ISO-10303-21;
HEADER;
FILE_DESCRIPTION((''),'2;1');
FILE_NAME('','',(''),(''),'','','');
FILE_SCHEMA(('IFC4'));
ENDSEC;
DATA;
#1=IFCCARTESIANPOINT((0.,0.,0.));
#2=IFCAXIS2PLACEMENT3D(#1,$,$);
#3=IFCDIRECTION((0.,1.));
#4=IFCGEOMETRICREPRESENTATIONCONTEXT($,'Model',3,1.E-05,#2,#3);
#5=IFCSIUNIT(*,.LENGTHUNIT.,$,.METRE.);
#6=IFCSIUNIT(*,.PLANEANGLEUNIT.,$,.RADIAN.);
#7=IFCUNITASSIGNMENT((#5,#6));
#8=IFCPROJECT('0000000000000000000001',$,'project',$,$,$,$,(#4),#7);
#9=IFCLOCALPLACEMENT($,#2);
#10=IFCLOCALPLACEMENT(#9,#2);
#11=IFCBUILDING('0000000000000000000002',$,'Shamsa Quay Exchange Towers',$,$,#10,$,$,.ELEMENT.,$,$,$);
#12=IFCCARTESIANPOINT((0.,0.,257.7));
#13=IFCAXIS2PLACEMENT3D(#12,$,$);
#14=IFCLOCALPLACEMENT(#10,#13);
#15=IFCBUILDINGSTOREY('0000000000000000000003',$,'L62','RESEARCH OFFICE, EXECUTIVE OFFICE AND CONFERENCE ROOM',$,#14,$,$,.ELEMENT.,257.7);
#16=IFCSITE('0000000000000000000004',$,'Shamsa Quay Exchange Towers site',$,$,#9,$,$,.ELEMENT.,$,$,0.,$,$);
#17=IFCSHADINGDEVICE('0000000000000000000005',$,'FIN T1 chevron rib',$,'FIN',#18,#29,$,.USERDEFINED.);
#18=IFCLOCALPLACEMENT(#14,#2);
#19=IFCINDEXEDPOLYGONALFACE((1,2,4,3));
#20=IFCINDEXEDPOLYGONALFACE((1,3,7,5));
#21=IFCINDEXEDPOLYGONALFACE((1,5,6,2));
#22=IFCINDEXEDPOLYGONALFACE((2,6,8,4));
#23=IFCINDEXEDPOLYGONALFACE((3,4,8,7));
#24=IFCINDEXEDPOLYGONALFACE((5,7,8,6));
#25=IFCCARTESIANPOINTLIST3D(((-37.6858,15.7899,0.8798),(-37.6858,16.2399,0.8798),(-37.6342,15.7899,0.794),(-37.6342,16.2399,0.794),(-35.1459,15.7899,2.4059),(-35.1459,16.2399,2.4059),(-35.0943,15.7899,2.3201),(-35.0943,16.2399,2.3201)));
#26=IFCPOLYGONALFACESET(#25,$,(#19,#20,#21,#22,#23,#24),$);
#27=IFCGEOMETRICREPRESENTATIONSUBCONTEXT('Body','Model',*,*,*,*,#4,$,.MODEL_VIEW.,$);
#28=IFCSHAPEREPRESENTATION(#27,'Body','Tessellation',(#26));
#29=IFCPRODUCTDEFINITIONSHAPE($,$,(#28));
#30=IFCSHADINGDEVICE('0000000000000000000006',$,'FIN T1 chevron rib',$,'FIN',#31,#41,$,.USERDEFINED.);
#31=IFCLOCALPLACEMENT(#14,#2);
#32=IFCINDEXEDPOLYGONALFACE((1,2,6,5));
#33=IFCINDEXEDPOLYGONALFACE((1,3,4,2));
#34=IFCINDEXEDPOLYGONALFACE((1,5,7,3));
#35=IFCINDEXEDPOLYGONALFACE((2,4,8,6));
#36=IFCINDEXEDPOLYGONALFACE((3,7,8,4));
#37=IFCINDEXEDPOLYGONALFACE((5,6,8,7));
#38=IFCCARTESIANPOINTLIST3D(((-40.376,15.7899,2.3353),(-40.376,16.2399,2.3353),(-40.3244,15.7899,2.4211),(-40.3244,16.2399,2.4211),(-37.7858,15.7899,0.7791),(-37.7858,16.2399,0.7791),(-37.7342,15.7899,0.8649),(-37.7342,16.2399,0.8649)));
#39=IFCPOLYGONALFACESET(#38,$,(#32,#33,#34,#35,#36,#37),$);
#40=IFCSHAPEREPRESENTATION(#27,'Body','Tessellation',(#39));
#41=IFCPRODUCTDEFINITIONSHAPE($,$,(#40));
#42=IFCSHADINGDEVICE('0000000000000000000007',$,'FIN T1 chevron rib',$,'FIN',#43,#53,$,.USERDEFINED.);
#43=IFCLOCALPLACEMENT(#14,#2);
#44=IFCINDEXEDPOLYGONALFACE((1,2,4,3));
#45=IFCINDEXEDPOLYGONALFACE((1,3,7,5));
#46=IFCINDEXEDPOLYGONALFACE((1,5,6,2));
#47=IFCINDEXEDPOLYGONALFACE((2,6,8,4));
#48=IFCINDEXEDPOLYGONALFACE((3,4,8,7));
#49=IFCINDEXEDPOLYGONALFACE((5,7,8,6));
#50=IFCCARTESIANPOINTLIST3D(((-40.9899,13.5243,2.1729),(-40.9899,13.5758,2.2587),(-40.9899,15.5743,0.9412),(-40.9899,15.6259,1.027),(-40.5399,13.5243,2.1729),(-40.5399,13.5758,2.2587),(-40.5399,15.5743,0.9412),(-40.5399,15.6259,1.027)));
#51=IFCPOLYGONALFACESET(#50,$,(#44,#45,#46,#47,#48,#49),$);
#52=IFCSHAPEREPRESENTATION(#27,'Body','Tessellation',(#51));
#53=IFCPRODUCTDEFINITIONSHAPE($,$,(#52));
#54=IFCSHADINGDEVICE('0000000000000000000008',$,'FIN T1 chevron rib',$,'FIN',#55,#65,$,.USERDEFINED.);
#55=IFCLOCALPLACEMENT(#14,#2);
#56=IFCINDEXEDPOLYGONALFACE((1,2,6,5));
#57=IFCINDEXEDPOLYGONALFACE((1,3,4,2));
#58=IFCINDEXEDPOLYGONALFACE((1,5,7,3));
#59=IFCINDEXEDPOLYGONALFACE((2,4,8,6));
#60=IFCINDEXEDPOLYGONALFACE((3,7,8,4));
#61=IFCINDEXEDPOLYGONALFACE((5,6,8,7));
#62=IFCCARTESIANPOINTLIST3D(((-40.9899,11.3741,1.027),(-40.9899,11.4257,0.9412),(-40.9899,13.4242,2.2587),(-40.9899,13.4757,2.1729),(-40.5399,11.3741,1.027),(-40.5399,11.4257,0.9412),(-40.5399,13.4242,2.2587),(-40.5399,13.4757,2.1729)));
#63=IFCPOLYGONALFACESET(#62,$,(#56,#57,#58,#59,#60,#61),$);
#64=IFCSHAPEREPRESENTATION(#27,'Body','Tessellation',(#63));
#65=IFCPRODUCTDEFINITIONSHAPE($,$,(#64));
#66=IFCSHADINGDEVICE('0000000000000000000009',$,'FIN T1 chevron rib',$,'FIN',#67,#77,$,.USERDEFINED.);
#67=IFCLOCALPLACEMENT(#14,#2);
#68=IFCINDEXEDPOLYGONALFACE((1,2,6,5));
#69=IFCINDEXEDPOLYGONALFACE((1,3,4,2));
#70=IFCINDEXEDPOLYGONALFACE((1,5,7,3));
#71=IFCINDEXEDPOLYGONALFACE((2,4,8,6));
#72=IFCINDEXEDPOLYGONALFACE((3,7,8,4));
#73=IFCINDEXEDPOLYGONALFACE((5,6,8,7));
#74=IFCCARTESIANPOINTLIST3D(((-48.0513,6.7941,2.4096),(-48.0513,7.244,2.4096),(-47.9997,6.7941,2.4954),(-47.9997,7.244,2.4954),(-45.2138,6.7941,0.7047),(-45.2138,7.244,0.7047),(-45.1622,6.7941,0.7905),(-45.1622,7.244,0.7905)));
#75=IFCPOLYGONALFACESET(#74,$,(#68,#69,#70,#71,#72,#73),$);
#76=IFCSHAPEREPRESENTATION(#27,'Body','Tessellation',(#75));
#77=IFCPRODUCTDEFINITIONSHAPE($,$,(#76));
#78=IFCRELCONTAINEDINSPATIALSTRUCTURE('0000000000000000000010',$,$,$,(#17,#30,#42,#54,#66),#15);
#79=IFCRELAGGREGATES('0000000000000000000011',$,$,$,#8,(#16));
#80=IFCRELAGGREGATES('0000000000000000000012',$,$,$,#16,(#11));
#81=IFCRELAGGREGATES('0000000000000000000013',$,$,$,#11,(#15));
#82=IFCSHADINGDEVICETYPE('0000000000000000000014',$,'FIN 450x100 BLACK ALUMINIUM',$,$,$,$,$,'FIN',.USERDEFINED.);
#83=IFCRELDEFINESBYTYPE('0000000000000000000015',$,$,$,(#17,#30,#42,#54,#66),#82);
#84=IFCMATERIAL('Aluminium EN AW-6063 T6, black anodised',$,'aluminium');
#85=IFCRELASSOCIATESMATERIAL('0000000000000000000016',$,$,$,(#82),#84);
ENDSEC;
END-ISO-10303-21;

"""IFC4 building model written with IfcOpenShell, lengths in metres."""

from ifc_helpers import new_model, si_unit, direction, frame, origin, origin_2d, place, context, subcontext, project, spatial, rectangle, extrude, material, material_profile, profile_set, type_object, element, save


model = new_model("IFC4")

# Units and contexts
model_context = context("Model", 3, precision=1e-05, world=origin(), true_north=direction((0.0, 1.0)))
body_context = subcontext(model_context, "Body", "Model", "MODEL_VIEW")
ifc_project = project(units=[si_unit("LENGTHUNIT", "METRE"), si_unit("PLANEANGLEUNIT", "RADIAN")], contexts=[model_context])

# Site, building, storey
site_placement = place(None, origin())
site = spatial("IfcSite", under=ifc_project, at=site_placement, Name="Shamsa Quay Exchange Towers site", CompositionType="ELEMENT", RefElevation=0.0)
building_placement = place(site_placement, origin())
building = spatial("IfcBuilding", under=site, at=building_placement, Name="Shamsa Quay Exchange Towers", CompositionType="ELEMENT")
storey_placement = place(building_placement, frame((0.0, 0.0, 257.7)))
storey = spatial("IfcBuildingStorey", under=building, at=storey_placement, Name="L62", Description="RESEARCH OFFICE, EXECUTIVE OFFICE AND CONFERENCE ROOM", CompositionType="ELEMENT", Elevation=257.7)

# Shared definitions
ifc_material_1 = material(Name="Aluminium EN AW-6063 T6, black anodised", Category="aluminium")

# Shading devices
ifc_material_profile_1 = material_profile(ifc_material_1, rectangle(XDim=0.45, YDim=0.1001, at=origin_2d()), Name="FIN450x100")
ifc_profile_set_1 = profile_set([ifc_material_profile_1], Name="Aluminium EN AW-6063 T6, black anodised")
shading_device_type = type_object("IfcShadingDeviceType", Name="FIN 450x100 BLACK ALUMINIUM", ElementType="FIN", PredefinedType="USERDEFINED", material=ifc_profile_set_1)
shading_device_1_placement = place(storey_placement, frame((-35.1201, 16.0149, 2.363), z_axis=(-0.857158, 0.0, -0.515053), x_axis=(0.0, -1.0, 0.0)))
element("IfcShadingDevice", 1, at=shading_device_1_placement, inside=storey, type_object=shading_device_type, Name="FIN T1 chevron rib", ObjectType="FIN", PredefinedType="USERDEFINED", context=body_context, shape_type="SweptSolid", body=[
    extrude(rectangle(XDim=0.45, YDim=0.1001, at=origin_2d()), origin(), (0.0, 0.0, 1.0), 2.9631),
])
shading_device_2_placement = place(storey_placement, frame((-37.76, 16.0149, 0.822), z_axis=(-0.857186, 0.0, 0.515007), x_axis=(0.0, -1.0, 0.0)))
element("IfcShadingDevice", 2, at=shading_device_2_placement, inside=storey, type_object=shading_device_type, Name="FIN T1 chevron rib", ObjectType="FIN", PredefinedType="USERDEFINED", context=body_context, shape_type="SweptSolid", body=[
    extrude(rectangle(XDim=0.45, YDim=0.1001, at=origin_2d()), origin(), (0.0, 0.0, 1.0), 3.0217),
])
for number, where, z_axis, x_axis, name in (
    (3, (-40.7649, 15.6001, 0.9841), (0.0, -0.857187, 0.515006), (1.0, 0.0, 0.0), "FIN T1 chevron rib"),
    (4, (-40.7649, 13.45, 2.2158), (0.0, -0.857187, -0.515006), (1.0, 0.0, 0.0), "FIN T1 chevron rib"),
):
    element("IfcShadingDevice", number, at=place(storey_placement, frame(where, z_axis=z_axis, x_axis=x_axis)), inside=storey, type_object=shading_device_type, Name=name, ObjectType="FIN", PredefinedType="USERDEFINED", context=body_context, shape_type="SweptSolid", body=[
        extrude(rectangle(XDim=0.45, YDim=0.1001, at=origin_2d()), origin(), (0.0, 0.0, 1.0), 2.3916),
    ])
shading_device_3_placement = place(storey_placement, frame((-45.188, 7.019, 0.7476), z_axis=(-0.857174, 0.0, 0.515027), x_axis=(0.0, -1.0, 0.0)))
element("IfcShadingDevice", 5, at=shading_device_3_placement, inside=storey, type_object=shading_device_type, Name="FIN T1 chevron rib", ObjectType="FIN", PredefinedType="USERDEFINED", context=body_context, shape_type="SweptSolid", body=[
    extrude(rectangle(XDim=0.45, YDim=0.1001, at=origin_2d()), origin(), (0.0, 0.0, 1.0), 3.3103),
])

save(model, "model.ifc")
